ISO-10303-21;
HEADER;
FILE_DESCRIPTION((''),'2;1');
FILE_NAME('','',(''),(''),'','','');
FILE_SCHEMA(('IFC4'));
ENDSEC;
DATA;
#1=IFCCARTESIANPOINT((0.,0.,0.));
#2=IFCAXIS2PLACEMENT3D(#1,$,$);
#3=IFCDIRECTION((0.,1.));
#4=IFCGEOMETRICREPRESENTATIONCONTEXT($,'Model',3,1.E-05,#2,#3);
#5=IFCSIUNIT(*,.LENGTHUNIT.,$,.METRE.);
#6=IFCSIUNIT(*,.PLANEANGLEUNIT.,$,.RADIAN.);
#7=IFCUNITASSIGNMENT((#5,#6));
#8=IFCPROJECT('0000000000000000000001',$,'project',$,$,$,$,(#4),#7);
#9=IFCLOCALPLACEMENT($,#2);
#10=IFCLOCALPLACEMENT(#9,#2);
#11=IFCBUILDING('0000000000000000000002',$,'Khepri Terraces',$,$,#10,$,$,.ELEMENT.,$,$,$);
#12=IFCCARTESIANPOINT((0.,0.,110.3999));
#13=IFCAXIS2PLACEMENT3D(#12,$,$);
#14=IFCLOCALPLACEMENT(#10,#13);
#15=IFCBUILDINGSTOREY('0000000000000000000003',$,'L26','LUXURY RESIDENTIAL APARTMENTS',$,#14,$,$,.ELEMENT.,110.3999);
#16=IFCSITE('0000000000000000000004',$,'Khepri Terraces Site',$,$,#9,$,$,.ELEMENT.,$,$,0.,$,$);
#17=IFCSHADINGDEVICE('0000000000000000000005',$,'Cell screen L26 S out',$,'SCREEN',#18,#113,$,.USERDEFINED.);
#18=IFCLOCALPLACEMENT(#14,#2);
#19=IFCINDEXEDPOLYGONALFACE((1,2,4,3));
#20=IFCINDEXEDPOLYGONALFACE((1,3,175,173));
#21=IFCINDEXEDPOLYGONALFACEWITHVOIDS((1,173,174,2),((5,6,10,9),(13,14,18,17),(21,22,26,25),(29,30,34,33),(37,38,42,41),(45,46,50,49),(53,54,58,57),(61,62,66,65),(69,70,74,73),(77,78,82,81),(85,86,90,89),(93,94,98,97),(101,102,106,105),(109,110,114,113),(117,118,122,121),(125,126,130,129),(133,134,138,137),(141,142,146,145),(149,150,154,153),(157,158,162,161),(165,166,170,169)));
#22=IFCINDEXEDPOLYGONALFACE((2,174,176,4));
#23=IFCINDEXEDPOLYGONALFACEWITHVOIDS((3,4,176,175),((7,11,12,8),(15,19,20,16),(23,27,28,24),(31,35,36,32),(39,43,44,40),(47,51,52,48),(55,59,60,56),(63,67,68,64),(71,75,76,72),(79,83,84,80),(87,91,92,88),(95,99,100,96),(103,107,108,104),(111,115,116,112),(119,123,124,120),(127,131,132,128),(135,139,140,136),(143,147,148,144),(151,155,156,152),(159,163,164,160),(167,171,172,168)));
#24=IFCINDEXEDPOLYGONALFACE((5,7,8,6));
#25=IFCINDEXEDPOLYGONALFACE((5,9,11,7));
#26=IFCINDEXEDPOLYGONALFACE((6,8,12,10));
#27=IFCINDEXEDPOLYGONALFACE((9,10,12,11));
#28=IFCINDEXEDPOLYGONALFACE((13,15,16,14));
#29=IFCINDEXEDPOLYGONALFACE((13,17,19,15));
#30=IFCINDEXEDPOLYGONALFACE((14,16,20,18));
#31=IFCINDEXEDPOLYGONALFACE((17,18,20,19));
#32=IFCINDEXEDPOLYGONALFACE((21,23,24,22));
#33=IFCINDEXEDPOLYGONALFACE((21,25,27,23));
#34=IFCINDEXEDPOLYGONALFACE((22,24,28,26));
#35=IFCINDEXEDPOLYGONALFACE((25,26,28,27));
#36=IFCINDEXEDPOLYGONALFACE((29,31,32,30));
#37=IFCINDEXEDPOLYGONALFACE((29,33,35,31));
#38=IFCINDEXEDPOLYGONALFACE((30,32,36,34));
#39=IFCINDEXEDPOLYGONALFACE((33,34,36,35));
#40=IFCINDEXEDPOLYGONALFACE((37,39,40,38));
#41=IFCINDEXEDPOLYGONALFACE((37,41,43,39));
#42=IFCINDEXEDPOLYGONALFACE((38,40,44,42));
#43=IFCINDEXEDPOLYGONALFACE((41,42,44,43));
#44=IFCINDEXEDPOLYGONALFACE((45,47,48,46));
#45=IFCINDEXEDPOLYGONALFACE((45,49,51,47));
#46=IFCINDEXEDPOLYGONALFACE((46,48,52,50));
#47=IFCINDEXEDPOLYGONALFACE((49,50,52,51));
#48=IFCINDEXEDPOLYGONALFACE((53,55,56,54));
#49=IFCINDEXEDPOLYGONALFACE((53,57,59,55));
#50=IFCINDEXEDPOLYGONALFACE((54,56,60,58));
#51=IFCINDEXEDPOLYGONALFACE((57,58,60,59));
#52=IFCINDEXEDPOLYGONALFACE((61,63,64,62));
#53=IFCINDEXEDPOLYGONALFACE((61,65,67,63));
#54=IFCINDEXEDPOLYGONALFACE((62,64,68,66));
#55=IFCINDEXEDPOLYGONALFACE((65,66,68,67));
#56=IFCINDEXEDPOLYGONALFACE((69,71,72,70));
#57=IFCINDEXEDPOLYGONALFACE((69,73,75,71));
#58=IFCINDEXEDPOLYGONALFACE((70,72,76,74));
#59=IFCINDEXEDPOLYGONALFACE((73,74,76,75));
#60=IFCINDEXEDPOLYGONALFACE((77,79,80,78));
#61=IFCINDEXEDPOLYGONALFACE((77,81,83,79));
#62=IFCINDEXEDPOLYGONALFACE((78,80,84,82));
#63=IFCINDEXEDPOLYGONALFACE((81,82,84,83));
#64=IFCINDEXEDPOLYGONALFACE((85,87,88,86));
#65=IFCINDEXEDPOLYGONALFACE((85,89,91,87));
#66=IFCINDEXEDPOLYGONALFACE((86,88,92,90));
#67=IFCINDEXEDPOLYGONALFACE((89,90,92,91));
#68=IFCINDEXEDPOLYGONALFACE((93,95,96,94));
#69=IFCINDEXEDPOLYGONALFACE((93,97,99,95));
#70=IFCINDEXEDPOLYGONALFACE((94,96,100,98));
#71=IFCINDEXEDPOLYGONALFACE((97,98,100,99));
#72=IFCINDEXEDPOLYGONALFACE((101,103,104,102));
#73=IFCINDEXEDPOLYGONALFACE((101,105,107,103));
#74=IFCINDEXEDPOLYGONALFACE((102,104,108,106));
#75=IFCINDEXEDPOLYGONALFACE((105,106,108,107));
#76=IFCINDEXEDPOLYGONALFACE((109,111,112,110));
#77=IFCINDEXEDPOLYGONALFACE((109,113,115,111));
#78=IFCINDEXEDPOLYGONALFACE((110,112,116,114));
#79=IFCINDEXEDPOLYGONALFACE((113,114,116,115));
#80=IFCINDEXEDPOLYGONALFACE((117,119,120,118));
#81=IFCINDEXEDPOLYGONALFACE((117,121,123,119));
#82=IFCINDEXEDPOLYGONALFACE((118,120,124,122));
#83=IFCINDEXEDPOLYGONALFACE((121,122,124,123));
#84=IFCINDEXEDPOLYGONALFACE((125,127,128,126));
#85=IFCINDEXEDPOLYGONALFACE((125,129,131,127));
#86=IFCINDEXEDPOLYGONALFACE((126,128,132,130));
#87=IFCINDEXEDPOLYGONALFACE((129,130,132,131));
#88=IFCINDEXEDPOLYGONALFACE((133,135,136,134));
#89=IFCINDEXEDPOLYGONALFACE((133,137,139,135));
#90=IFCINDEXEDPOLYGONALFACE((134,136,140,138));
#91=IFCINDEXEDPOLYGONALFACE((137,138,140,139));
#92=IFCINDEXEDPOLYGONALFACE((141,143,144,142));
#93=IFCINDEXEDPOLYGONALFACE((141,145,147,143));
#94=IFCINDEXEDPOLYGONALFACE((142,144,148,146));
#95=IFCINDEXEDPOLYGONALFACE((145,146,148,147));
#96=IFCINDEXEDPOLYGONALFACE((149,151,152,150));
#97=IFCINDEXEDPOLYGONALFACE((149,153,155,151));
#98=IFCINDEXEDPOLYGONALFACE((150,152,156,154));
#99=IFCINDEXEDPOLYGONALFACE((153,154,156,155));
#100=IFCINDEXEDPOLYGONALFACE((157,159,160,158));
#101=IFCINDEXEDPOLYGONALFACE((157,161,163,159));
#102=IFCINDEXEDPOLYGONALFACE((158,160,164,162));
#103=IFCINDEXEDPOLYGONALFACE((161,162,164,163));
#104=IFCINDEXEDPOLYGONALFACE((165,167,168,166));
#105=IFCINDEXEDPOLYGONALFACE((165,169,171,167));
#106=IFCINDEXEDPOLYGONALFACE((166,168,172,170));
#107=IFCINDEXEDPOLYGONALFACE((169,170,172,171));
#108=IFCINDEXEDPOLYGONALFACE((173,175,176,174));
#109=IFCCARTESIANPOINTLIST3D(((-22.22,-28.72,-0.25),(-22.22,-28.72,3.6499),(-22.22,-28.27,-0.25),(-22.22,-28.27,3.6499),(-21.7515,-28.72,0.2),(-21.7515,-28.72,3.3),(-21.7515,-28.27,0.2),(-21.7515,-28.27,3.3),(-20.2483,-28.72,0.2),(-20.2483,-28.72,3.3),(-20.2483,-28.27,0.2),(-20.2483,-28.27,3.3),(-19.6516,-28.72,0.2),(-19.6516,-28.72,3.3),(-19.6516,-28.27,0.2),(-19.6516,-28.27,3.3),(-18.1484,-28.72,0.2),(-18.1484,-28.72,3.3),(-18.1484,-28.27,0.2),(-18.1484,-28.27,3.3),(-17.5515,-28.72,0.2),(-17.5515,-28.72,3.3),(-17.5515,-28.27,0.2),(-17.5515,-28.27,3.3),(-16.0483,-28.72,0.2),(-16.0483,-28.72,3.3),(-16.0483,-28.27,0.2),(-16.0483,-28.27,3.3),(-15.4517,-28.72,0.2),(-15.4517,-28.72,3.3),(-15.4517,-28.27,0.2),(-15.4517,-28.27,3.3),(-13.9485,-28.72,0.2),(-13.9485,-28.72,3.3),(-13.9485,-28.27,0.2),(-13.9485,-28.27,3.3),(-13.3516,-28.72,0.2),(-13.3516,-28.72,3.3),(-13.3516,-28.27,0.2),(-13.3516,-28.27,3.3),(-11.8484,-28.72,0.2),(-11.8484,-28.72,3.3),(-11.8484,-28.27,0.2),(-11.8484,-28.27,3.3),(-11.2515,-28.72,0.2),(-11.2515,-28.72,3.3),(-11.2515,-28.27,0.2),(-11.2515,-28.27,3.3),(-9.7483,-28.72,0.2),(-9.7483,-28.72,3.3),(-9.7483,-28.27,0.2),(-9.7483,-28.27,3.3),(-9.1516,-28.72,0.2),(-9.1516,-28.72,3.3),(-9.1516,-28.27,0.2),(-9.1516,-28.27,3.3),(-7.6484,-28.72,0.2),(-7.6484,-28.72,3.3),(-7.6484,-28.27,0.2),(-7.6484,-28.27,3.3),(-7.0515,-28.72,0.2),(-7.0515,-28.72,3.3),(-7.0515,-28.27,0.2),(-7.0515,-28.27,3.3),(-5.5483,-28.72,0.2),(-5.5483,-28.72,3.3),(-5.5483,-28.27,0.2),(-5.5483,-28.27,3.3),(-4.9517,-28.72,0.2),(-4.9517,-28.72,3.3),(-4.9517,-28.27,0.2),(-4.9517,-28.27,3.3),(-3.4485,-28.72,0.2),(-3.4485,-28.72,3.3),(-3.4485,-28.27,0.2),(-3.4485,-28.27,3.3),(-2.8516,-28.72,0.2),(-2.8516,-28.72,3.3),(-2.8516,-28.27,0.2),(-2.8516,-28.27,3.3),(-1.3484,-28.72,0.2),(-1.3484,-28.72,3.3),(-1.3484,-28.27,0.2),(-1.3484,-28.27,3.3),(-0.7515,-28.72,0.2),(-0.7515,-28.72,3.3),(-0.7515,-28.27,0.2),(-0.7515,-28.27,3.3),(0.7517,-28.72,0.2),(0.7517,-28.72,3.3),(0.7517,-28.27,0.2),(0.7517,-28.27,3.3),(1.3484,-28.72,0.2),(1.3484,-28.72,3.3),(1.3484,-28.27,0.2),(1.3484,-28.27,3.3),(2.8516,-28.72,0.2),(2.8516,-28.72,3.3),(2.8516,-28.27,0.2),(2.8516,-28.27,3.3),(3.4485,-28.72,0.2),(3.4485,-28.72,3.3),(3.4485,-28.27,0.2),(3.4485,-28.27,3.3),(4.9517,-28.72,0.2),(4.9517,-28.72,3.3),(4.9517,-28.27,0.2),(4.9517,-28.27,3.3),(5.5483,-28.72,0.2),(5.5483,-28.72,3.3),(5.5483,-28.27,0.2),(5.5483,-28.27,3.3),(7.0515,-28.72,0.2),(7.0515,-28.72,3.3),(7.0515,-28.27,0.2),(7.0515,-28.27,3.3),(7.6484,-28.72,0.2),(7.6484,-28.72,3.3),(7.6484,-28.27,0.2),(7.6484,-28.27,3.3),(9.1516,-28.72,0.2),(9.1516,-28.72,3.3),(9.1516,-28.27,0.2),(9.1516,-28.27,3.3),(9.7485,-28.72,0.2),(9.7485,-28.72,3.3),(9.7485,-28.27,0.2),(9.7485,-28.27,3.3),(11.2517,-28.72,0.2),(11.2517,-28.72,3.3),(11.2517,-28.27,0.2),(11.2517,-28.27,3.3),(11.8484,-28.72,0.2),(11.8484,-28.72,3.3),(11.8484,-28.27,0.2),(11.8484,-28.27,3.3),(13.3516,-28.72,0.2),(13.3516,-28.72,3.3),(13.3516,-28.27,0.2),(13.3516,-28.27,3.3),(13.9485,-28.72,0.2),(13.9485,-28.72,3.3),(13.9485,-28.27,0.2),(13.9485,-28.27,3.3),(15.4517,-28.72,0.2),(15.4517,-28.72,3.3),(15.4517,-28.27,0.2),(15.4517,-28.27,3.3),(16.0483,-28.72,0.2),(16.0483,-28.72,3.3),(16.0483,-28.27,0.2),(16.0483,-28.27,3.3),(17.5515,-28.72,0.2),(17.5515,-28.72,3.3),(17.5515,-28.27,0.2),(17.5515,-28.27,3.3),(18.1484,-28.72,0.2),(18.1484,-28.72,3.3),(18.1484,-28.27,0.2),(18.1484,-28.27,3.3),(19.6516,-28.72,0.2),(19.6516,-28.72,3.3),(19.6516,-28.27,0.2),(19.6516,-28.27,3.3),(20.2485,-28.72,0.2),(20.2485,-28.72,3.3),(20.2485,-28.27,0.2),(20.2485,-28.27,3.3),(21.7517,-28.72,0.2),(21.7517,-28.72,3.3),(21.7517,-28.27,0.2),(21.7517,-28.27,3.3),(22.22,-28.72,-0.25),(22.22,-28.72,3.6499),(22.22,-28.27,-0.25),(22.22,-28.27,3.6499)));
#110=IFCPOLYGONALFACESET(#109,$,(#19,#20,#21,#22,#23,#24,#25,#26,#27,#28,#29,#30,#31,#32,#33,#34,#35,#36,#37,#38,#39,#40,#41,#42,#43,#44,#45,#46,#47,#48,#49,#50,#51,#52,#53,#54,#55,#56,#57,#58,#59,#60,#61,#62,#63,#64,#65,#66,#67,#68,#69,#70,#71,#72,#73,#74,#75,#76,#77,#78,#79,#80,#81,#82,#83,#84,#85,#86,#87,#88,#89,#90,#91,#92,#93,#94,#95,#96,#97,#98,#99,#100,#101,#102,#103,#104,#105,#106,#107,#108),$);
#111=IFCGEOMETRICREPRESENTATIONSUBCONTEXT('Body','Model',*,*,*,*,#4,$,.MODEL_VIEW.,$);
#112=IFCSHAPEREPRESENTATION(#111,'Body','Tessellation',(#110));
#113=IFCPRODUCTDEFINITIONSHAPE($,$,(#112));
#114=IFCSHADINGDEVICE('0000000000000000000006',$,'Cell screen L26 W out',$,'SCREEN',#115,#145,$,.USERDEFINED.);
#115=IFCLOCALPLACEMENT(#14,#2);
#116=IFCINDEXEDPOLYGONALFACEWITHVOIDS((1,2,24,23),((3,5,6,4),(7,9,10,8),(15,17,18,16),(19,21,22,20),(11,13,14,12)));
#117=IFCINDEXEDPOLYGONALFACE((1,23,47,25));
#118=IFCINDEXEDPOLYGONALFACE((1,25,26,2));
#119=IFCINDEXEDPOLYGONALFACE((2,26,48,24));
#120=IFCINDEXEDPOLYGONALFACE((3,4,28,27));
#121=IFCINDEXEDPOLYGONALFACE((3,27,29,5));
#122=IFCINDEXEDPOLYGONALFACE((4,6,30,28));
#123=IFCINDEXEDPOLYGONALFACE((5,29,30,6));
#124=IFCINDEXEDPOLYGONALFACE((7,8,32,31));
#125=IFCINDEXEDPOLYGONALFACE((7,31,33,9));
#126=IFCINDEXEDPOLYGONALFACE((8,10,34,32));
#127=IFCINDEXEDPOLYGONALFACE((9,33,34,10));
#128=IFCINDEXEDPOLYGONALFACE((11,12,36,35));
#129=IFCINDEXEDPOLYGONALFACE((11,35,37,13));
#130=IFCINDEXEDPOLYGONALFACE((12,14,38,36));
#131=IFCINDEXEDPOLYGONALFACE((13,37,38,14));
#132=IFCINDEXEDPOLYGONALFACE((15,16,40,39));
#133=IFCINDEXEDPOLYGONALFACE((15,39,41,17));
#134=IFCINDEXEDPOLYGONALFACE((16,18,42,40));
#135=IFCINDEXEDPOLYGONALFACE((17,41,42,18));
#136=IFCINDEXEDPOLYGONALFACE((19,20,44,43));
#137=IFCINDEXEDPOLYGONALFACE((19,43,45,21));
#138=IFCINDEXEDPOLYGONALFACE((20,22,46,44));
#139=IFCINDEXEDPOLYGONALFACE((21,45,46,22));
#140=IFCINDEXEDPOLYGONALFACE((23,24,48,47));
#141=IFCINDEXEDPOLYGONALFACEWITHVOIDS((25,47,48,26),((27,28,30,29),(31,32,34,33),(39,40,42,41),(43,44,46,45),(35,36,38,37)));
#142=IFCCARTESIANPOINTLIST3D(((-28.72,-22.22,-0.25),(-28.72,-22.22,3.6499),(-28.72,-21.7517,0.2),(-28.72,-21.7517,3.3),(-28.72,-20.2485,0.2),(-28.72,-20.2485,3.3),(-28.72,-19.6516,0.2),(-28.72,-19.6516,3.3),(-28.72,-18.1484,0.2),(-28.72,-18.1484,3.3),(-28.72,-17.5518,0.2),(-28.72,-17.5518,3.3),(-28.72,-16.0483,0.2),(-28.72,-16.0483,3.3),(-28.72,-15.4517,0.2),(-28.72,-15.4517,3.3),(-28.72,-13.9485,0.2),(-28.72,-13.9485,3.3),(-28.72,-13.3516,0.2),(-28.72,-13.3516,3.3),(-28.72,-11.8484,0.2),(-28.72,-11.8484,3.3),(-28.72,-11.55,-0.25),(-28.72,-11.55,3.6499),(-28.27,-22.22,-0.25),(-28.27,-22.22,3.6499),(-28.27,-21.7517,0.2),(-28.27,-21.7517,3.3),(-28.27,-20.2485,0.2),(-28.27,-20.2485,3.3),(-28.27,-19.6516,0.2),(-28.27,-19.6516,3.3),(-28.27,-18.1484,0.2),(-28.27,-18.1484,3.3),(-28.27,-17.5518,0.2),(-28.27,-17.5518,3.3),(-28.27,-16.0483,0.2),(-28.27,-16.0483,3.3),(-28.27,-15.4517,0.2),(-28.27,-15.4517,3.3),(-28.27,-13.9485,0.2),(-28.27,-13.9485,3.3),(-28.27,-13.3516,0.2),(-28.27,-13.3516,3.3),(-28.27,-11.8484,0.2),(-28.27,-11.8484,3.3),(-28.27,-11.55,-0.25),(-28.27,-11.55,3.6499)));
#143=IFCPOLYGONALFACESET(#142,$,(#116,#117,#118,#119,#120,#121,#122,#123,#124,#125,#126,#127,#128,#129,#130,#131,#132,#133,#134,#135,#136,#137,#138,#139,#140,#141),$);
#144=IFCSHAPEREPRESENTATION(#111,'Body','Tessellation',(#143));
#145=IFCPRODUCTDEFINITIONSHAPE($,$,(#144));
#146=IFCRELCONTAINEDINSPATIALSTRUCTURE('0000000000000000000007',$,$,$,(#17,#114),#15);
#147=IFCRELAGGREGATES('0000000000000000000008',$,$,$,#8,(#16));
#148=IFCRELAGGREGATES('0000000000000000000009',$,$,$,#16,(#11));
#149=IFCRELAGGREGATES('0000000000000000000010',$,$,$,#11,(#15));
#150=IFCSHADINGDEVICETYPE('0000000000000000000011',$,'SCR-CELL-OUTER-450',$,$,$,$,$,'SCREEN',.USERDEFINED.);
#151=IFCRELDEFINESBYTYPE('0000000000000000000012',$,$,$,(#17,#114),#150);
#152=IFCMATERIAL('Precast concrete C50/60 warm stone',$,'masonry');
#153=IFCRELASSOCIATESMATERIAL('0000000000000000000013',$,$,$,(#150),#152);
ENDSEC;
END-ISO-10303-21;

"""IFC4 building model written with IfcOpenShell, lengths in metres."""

from ifc_helpers import new_model, si_unit, direction, frame, origin, place, context, subcontext, project, spatial, polyline, outline, extrude, material, type_object, element, save


model = new_model("IFC4")

# Units and contexts
model_context = context("Model", 3, precision=1e-05, world=origin(), true_north=direction((0.0, 1.0)))
body_context = subcontext(model_context, "Body", "Model", "MODEL_VIEW")
ifc_project = project(units=[si_unit("LENGTHUNIT", "METRE"), si_unit("PLANEANGLEUNIT", "RADIAN")], contexts=[model_context])

# Site, building, storey
site_placement = place(None, origin())
site = spatial("IfcSite", under=ifc_project, at=site_placement, Name="Khepri Terraces Site", CompositionType="ELEMENT", RefElevation=0.0)
building_placement = place(site_placement, origin())
building = spatial("IfcBuilding", under=site, at=building_placement, Name="Khepri Terraces", CompositionType="ELEMENT")
storey_placement = place(building_placement, frame((0.0, 0.0, 110.3999)))
storey = spatial("IfcBuildingStorey", under=building, at=storey_placement, Name="L26", Description="LUXURY RESIDENTIAL APARTMENTS", CompositionType="ELEMENT", Elevation=110.3999)

# Shared definitions
ifc_material_1 = material(Name="Precast concrete C50/60 warm stone", Category="masonry")

# Shading devices
shading_device_type_1 = type_object("IfcShadingDeviceType", Name="SCR-CELL-OUTER-450", ElementType="SCREEN", PredefinedType="USERDEFINED", material=ifc_material_1)
shading_device_1_placement = place(storey_placement, frame((-22.22, -28.27, -0.25), z_axis=(0.0, -1.0, 0.0), x_axis=(1.0, 0.0, 0.0)))
element("IfcShadingDevice", 1, at=shading_device_1_placement, inside=storey, type_object=shading_device_type_1, Name="Cell screen L26 S out", ObjectType="SCREEN", PredefinedType="USERDEFINED", context=body_context, shape_type="SweptSolid", body=[
    extrude(outline(polyline([(0.0, 0.0), (44.4399, 0.0), (44.4399, 3.8999), (0.0, 3.8999), (0.0, 0.0)]), holes=[polyline([(0.4685, 0.45), (1.9717, 0.45), (1.9717, 3.55), (0.4685, 3.55), (0.4685, 0.45)]), polyline([(2.5684, 0.45), (4.0715, 0.45), (4.0715, 3.55), (2.5684, 3.55), (2.5684, 0.45)]), polyline([(4.6685, 0.45), (6.1716, 0.45), (6.1716, 3.55), (4.6685, 3.55), (4.6685, 0.45)]), polyline([(6.7683, 0.45), (8.2715, 0.45), (8.2715, 3.55), (6.7683, 3.55), (6.7683, 0.45)]), polyline([(8.8684, 0.45), (10.3716, 0.45), (10.3716, 3.55), (8.8684, 3.55), (8.8684, 0.45)]), polyline([(10.9685, 0.45), (12.4717, 0.45), (12.4717, 3.55), (10.9685, 3.55), (10.9685, 0.45)]), polyline([(13.0684, 0.45), (14.5715, 0.45), (14.5715, 3.55), (13.0684, 3.55), (13.0684, 0.45)]), polyline([(15.1685, 0.45), (16.6716, 0.45), (16.6716, 3.55), (15.1685, 3.55), (15.1685, 0.45)]), polyline([(17.2683, 0.45), (18.7715, 0.45), (18.7715, 3.55), (17.2683, 3.55), (17.2683, 0.45)]), polyline([(19.3684, 0.45), (20.8716, 0.45), (20.8716, 3.55), (19.3684, 3.55), (19.3684, 0.45)]), polyline([(21.4685, 0.45), (22.9717, 0.45), (22.9717, 3.55), (21.4685, 3.55), (21.4685, 0.45)]), polyline([(23.5684, 0.45), (25.0715, 0.45), (25.0715, 3.55), (23.5684, 3.55), (23.5684, 0.45)]), polyline([(25.6685, 0.45), (27.1716, 0.45), (27.1716, 3.55), (25.6685, 3.55), (25.6685, 0.45)]), polyline([(27.7683, 0.45), (29.2715, 0.45), (29.2715, 3.55), (27.7683, 3.55), (27.7683, 0.45)]), polyline([(29.8684, 0.45), (31.3716, 0.45), (31.3716, 3.55), (29.8684, 3.55), (29.8684, 0.45)]), polyline([(31.9685, 0.45), (33.4717, 0.45), (33.4717, 3.55), (31.9685, 3.55), (31.9685, 0.45)]), polyline([(34.0684, 0.45), (35.5715, 0.45), (35.5715, 3.55), (34.0684, 3.55), (34.0684, 0.45)]), polyline([(36.1685, 0.45), (37.6716, 0.45), (37.6716, 3.55), (36.1685, 3.55), (36.1685, 0.45)]), polyline([(38.2683, 0.45), (39.7715, 0.45), (39.7715, 3.55), (38.2683, 3.55), (38.2683, 0.45)]), polyline([(40.3684, 0.45), (41.8716, 0.45), (41.8716, 3.55), (40.3684, 3.55), (40.3684, 0.45)]), polyline([(42.4685, 0.45), (43.9717, 0.45), (43.9717, 3.55), (42.4685, 3.55), (42.4685, 0.45)])]), origin(), (0.0, 0.0, 1.0), 0.45),
])
shading_device_2_placement = place(storey_placement, frame((-28.27, -11.55, -0.25), z_axis=(-1.0, 0.0, 0.0), x_axis=(0.0, -1.0, 0.0)))
element("IfcShadingDevice", 2, at=shading_device_2_placement, inside=storey, type_object=shading_device_type_1, Name="Cell screen L26 W out", ObjectType="SCREEN", PredefinedType="USERDEFINED", context=body_context, shape_type="SweptSolid", body=[
    extrude(outline(polyline([(0.0, 0.0), (10.6699, 0.0), (10.6699, 3.8999), (0.0, 3.8999), (0.0, 0.0)]), holes=[polyline([(0.2983, 0.45), (1.8015, 0.45), (1.8015, 3.55), (0.2983, 3.55), (0.2983, 0.45)]), polyline([(2.3984, 0.45), (3.9016, 0.45), (3.9016, 3.55), (2.3984, 3.55), (2.3984, 0.45)]), polyline([(4.4983, 0.45), (6.0017, 0.45), (6.0017, 3.55), (4.4983, 3.55), (4.4983, 0.45)]), polyline([(6.5984, 0.45), (8.1016, 0.45), (8.1016, 3.55), (6.5984, 3.55), (6.5984, 0.45)]), polyline([(8.6985, 0.45), (10.2017, 0.45), (10.2017, 3.55), (8.6985, 3.55), (8.6985, 0.45)])]), origin(), (0.0, 0.0, 1.0), 0.45),
])

save(model, "model.ifc")
